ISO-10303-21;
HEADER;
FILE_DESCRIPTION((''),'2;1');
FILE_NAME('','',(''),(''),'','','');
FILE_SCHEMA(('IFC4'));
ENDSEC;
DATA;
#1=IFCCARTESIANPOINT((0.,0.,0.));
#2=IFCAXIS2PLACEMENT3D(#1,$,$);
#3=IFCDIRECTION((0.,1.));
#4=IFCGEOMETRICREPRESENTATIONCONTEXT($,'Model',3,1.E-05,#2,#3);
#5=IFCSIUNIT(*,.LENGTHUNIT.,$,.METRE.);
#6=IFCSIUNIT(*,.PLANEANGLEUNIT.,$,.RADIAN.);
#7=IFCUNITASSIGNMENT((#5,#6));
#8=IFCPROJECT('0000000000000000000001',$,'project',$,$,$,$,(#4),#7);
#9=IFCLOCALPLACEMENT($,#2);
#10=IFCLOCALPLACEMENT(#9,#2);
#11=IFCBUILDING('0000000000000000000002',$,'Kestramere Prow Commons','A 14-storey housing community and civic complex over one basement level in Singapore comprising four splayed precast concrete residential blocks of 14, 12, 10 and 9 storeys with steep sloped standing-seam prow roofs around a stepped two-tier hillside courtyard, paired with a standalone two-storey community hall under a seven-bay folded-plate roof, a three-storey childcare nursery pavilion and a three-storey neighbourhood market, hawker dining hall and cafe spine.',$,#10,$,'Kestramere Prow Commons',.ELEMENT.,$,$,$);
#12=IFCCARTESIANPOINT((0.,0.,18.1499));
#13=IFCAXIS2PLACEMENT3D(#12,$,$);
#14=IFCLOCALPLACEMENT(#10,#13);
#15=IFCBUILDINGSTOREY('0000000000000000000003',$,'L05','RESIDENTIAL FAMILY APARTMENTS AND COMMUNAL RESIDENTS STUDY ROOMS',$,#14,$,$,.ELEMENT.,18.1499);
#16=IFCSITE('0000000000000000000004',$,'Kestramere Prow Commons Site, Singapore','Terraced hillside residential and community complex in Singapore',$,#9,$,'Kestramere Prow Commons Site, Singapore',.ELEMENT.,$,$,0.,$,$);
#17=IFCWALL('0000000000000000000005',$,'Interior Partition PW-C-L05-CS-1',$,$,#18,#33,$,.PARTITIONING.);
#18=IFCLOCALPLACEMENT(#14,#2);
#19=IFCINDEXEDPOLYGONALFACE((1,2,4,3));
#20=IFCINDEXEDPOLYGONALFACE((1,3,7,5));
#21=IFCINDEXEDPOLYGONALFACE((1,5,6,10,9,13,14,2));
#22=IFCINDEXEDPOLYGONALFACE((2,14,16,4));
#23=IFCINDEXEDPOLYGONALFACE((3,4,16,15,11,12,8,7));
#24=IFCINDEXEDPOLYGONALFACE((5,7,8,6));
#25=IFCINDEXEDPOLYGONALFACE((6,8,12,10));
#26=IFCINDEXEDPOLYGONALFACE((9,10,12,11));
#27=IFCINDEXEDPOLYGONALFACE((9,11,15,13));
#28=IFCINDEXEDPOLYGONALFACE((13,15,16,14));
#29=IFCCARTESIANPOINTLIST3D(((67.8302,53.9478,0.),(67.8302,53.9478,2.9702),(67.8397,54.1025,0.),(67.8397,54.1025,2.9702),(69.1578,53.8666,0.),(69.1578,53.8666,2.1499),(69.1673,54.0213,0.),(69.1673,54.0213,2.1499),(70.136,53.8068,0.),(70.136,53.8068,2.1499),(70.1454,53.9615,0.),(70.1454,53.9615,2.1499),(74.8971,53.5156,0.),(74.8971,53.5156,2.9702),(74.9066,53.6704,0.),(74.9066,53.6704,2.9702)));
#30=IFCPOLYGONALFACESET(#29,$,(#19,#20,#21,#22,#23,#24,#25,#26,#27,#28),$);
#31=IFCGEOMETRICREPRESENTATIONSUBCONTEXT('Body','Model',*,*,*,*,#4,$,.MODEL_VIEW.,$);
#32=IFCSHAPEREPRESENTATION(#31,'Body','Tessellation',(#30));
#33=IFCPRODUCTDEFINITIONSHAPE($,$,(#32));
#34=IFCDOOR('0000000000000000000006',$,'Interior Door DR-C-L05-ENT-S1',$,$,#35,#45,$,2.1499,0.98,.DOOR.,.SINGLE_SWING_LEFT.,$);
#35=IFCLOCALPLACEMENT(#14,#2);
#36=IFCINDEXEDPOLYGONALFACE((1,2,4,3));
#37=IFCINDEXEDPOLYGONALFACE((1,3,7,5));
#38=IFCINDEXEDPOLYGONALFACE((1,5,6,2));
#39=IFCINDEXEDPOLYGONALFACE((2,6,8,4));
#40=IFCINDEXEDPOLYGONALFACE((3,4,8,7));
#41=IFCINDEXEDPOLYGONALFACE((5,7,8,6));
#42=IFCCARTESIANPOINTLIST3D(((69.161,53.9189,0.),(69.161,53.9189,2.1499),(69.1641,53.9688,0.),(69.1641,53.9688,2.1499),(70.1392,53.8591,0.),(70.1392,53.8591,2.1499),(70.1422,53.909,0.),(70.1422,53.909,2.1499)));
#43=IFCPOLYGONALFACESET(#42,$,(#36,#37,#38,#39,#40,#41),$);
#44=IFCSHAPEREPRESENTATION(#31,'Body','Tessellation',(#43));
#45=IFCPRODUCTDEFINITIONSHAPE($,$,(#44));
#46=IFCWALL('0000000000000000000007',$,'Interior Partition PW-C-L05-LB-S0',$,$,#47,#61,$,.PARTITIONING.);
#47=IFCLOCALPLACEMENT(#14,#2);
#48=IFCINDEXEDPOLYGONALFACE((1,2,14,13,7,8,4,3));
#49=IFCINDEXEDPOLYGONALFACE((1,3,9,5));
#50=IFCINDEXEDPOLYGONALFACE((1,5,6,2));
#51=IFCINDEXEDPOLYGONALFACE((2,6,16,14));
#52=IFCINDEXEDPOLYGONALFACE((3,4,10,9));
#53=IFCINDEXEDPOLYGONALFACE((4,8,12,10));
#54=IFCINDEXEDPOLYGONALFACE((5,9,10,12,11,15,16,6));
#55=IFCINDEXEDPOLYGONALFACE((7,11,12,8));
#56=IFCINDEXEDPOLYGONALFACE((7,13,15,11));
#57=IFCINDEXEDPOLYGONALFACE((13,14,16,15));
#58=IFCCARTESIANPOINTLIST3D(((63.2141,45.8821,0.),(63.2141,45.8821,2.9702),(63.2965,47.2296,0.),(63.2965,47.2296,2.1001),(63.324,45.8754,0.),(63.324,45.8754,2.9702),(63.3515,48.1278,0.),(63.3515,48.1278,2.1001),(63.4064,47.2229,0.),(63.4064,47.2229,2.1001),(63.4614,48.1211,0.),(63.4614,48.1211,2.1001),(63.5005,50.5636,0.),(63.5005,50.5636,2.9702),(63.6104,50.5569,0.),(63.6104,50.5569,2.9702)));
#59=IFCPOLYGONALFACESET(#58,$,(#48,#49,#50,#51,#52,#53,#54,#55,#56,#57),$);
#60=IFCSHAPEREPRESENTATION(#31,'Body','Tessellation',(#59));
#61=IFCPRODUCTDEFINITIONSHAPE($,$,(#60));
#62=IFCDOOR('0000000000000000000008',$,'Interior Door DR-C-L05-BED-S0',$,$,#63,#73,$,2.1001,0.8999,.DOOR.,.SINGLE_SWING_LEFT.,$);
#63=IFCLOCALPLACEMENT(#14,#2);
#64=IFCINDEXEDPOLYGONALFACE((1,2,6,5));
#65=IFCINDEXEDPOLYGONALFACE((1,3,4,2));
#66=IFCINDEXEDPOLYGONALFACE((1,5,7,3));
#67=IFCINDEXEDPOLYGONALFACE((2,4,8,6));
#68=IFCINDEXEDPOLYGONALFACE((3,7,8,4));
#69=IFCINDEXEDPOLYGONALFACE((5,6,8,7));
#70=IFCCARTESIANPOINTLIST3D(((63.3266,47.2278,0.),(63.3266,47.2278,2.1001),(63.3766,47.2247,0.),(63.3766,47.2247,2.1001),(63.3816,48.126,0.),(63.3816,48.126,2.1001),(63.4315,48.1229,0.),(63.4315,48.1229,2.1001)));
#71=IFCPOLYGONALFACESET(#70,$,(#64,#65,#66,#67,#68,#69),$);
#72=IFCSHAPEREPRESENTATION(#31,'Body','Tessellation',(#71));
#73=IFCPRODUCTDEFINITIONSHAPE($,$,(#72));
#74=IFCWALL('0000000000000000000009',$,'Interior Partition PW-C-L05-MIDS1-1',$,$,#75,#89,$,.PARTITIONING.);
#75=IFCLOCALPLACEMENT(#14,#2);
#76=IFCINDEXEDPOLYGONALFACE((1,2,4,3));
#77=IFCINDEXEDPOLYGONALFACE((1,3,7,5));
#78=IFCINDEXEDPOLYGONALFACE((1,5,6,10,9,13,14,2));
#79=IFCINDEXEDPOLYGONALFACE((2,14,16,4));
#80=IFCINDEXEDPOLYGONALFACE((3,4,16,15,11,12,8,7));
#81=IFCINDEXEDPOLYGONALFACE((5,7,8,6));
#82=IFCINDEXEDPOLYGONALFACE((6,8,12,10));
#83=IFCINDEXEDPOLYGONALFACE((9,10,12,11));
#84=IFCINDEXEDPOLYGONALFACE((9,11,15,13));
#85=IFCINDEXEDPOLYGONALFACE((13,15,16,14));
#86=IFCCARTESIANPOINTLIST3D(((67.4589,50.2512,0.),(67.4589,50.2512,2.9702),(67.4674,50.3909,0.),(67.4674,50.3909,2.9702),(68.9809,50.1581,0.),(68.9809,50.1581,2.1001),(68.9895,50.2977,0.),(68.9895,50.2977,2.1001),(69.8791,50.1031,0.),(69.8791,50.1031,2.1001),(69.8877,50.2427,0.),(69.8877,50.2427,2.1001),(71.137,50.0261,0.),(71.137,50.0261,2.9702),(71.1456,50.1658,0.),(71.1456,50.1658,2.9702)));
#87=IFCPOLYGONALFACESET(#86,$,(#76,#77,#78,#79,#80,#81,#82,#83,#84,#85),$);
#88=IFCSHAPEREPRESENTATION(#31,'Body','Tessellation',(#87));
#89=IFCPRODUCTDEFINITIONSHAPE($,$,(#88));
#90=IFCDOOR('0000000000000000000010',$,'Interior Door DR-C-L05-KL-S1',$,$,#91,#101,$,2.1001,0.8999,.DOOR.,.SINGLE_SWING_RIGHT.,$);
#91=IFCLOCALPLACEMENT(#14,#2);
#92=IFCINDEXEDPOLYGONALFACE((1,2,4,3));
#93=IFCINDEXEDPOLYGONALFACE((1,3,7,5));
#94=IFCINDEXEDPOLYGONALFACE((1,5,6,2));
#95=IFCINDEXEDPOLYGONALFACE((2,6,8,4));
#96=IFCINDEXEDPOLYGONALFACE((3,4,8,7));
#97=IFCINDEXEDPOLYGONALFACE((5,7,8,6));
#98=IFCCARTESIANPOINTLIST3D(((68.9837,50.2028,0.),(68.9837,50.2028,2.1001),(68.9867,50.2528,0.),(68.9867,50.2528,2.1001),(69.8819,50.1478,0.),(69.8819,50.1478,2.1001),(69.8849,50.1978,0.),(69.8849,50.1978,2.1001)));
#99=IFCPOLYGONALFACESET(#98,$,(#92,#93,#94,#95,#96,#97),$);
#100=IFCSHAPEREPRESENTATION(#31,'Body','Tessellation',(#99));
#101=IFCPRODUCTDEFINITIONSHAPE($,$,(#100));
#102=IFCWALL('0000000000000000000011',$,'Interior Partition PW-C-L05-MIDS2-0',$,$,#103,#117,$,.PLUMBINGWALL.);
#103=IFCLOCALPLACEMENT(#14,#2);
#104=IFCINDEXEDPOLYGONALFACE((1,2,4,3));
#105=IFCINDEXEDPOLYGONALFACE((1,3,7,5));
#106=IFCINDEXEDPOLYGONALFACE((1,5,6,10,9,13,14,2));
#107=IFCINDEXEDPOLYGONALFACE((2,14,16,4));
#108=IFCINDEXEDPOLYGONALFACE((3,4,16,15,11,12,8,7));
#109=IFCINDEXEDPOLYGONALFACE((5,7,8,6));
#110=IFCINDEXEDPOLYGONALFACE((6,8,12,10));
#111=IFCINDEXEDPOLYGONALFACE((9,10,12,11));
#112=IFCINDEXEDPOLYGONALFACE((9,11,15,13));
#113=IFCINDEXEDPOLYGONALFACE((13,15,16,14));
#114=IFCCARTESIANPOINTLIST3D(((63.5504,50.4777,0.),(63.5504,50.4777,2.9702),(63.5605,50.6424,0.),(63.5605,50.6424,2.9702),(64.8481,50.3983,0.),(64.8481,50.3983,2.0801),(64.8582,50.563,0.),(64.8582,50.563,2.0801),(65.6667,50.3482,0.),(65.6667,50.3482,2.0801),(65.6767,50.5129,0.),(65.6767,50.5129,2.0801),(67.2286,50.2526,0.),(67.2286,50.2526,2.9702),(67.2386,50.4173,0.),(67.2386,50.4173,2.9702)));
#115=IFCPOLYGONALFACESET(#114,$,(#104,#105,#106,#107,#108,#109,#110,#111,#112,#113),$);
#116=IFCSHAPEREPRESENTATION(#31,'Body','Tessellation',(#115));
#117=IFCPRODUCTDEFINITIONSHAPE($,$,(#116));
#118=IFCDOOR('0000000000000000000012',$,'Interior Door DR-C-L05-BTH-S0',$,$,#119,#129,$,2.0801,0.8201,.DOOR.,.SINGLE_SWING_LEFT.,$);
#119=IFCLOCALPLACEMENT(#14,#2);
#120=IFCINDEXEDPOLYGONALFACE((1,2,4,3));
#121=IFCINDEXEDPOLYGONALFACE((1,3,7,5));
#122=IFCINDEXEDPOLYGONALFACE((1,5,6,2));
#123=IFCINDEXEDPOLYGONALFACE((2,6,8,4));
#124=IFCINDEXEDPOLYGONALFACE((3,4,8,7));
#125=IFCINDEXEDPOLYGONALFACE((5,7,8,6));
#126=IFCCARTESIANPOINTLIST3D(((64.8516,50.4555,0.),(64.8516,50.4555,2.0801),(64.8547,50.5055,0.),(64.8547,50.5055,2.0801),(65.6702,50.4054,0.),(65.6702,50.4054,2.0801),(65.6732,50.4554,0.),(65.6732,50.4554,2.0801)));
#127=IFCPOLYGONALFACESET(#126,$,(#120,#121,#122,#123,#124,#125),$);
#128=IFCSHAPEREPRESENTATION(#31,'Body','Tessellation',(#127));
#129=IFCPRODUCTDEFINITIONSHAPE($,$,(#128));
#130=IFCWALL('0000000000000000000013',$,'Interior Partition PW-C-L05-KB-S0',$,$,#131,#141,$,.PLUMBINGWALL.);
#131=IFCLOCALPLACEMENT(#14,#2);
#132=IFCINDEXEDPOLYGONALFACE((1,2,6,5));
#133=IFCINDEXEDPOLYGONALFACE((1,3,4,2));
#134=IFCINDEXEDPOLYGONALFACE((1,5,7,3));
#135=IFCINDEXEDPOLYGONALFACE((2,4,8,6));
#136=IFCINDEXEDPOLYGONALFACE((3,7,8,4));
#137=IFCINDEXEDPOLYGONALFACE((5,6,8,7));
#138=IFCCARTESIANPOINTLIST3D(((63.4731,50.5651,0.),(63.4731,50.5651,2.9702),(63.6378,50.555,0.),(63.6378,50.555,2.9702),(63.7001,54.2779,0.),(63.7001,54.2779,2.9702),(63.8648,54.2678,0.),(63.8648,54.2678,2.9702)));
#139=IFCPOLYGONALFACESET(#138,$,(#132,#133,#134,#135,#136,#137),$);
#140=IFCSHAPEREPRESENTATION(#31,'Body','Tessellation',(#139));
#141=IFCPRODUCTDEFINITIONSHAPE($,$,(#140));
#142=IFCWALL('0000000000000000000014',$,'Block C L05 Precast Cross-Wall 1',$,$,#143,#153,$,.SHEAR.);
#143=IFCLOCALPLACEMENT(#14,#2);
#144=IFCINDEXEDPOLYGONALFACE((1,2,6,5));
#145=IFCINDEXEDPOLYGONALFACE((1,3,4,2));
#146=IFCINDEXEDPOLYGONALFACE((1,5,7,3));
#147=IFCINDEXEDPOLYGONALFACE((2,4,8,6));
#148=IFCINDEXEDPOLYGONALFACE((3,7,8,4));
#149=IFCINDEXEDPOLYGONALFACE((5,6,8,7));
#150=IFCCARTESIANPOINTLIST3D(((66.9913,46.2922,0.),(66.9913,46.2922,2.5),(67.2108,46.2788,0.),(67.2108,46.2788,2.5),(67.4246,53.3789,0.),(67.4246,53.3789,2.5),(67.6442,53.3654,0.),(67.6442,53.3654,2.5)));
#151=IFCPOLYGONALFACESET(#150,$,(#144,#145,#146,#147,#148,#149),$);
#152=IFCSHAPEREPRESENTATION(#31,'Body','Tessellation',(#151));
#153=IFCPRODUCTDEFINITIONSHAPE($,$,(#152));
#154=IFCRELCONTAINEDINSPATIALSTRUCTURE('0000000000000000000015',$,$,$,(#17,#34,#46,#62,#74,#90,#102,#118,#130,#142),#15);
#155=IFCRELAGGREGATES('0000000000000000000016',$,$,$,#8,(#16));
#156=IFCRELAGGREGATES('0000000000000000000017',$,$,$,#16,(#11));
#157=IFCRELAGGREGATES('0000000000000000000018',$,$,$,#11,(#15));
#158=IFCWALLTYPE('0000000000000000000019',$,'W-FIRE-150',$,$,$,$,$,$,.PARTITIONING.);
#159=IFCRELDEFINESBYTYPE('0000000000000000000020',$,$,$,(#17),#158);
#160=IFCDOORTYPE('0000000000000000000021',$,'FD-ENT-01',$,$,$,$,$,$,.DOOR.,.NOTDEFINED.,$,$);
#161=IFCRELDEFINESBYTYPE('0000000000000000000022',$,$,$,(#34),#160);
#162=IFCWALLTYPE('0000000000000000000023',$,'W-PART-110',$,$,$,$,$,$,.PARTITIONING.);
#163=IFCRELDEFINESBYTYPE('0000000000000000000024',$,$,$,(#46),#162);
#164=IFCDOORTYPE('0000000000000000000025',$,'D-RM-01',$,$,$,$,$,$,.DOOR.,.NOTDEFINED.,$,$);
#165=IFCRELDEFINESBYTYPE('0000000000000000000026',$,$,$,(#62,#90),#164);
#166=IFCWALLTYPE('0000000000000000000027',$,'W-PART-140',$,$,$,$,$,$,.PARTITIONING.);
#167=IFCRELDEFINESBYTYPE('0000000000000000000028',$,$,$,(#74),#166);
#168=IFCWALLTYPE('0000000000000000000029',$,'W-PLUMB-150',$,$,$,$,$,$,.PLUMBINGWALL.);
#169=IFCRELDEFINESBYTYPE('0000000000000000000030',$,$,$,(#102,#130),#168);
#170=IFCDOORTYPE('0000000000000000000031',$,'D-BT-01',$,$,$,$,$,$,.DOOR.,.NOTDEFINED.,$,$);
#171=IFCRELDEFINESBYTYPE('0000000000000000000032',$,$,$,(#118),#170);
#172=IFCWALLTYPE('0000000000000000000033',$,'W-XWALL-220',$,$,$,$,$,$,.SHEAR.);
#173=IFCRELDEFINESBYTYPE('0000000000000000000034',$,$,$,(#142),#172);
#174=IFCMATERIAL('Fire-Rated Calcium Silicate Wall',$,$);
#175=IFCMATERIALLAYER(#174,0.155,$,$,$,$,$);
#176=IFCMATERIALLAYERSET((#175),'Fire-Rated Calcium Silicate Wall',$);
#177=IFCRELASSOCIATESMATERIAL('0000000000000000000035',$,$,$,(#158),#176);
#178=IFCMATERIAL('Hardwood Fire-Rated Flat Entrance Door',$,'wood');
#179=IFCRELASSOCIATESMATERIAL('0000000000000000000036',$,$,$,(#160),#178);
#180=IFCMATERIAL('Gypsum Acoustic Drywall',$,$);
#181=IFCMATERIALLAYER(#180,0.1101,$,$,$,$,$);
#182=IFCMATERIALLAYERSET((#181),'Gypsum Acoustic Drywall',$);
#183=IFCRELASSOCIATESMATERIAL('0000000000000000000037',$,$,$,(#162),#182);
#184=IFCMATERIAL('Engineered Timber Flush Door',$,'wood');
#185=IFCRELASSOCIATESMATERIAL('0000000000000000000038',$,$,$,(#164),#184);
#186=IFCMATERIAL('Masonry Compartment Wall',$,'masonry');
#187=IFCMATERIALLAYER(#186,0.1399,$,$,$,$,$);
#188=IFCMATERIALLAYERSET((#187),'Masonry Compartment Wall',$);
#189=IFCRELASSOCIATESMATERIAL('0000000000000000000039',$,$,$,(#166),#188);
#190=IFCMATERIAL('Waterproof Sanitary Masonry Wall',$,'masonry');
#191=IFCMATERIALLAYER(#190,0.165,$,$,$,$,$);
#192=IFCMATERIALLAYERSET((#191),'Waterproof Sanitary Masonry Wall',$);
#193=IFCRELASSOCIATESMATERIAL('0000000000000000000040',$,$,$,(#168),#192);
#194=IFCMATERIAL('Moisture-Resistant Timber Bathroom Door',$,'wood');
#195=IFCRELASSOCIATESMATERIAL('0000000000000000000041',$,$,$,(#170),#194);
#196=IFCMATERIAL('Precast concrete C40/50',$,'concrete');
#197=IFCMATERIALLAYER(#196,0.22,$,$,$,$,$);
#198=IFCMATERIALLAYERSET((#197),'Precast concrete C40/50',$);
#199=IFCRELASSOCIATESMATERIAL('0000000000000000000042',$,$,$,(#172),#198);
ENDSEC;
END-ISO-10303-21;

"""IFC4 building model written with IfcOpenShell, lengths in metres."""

from ifc_helpers import new_model, si_unit, direction, frame, frame_2d, origin, place, context, subcontext, project, spatial, rectangle, extrude, material, layer, layer_set, type_object, element, fill, save


model = new_model("IFC4")

# Units and contexts
model_context = context("Model", 3, precision=1e-05, world=origin(), true_north=direction((0.0, 1.0)))
body_context = subcontext(model_context, "Body", "Model", "MODEL_VIEW")
ifc_project = project(units=[si_unit("LENGTHUNIT", "METRE"), si_unit("PLANEANGLEUNIT", "RADIAN")], contexts=[model_context])

# Site, building, storey
site_placement = place(None, origin())
site = spatial("IfcSite", under=ifc_project, at=site_placement, Name="Kestramere Prow Commons Site, Singapore", Description="Terraced hillside residential and community complex in Singapore", LongName="Kestramere Prow Commons Site, Singapore", CompositionType="ELEMENT", RefElevation=0.0)
building_placement = place(site_placement, origin())
building = spatial("IfcBuilding", under=site, at=building_placement, Name="Kestramere Prow Commons", Description="A 14-storey housing community and civic complex over one basement level in Singapore comprising four splayed precast concrete residential blocks of 14, 12, 10 and 9 storeys with steep sloped standing-seam prow roofs around a stepped two-tier hillside courtyard, paired with a standalone two-storey community hall under a seven-bay folded-plate roof, a three-storey childcare nursery pavilion and a three-storey neighbourhood market, hawker dining hall and cafe spine.", LongName="Kestramere Prow Commons", CompositionType="ELEMENT")
storey_placement = place(building_placement, frame((0.0, 0.0, 18.1499)))
storey = spatial("IfcBuildingStorey", under=building, at=storey_placement, Name="L05", Description="RESIDENTIAL FAMILY APARTMENTS AND COMMUNAL RESIDENTS STUDY ROOMS", CompositionType="ELEMENT", Elevation=18.1499)

# Shared definitions
ifc_material_1 = material(Name="Precast concrete C40/50", Category="concrete")

# Walls, openings, doors
ifc_material_2 = material(Name="Fire-Rated Calcium Silicate Wall")
ifc_layer_1 = layer(ifc_material_2, 0.155)
ifc_layer_set_1 = layer_set([ifc_layer_1], Name="Fire-Rated Calcium Silicate Wall")
wall_type_1 = type_object("IfcWallType", Name="W-FIRE-150", PredefinedType="PARTITIONING", material=ifc_layer_set_1)
wall_1_placement = place(storey_placement, frame((67.835, 54.0251, 0.0), z_axis=(0.0, 0.0, 1.0), x_axis=(0.998136, -0.061034, 0.0)))
wall_1 = element("IfcWall", 1, at=wall_1_placement, inside=storey, type_object=wall_type_1, Name="Interior Partition PW-C-L05-CS-1", PredefinedType="PARTITIONING", context=body_context, shape_type="SweptSolid", body=[
    extrude(rectangle(XDim=7.0801, YDim=0.155, at=frame_2d((3.54, 0.0))), origin(), (0.0, 0.0, 1.0), 2.9702),
])
opening_1_placement = place(wall_1_placement, frame((1.3301, 0.0, 0.0)))
opening_1 = element("IfcOpeningElement", 2, at=opening_1_placement, cuts=wall_1, PredefinedType="OPENING", context=body_context, shape_type="SweptSolid", body=[
    extrude(rectangle(XDim=0.98, YDim=2.1499, at=frame_2d((0.49, 1.075))), frame((0.0, 0.0925, 0.0), z_axis=(0.0, -1.0, 0.0), x_axis=(1.0, 0.0, 0.0)), (0.0, 0.0, 1.0), 0.1851),
])
ifc_material_3 = material(Name="Hardwood Fire-Rated Flat Entrance Door", Category="wood")
door_type_1 = type_object("IfcDoorType", Name="FD-ENT-01", OperationType="NOTDEFINED", PredefinedType="DOOR", material=ifc_material_3)
door_1_placement = place(opening_1_placement, origin())
door_1 = element("IfcDoor", 3, at=door_1_placement, inside=storey, type_object=door_type_1, Name="Interior Door DR-C-L05-ENT-S1", OperationType="SINGLE_SWING_LEFT", OverallHeight=2.1499, OverallWidth=0.98, PredefinedType="DOOR", context=body_context, shape_type="SweptSolid", body=[
    extrude(rectangle(XDim=0.98, YDim=2.1499, at=frame_2d((0.49, 1.075))), frame((0.0, 0.0249, 0.0), z_axis=(0.0, -1.0, 0.0), x_axis=(1.0, 0.0, 0.0)), (0.0, 0.0, 1.0), 0.05),
])
fill(opening_1, door_1)
ifc_material_4 = material(Name="Gypsum Acoustic Drywall")
ifc_layer_2 = layer(ifc_material_4, 0.1101)
ifc_layer_set_2 = layer_set([ifc_layer_2], Name="Gypsum Acoustic Drywall")
wall_type_2 = type_object("IfcWallType", Name="W-PART-110", PredefinedType="PARTITIONING", material=ifc_layer_set_2)
wall_2_placement = place(storey_placement, frame((63.269, 45.8787, 0.0), z_axis=(0.0, 0.0, 1.0), x_axis=(0.061059, 0.998134, 0.0)))
wall_2 = element("IfcWall", 4, at=wall_2_placement, inside=storey, type_object=wall_type_2, Name="Interior Partition PW-C-L05-LB-S0", PredefinedType="PARTITIONING", context=body_context, shape_type="SweptSolid", body=[
    extrude(rectangle(XDim=4.6902, YDim=0.1101, at=frame_2d((2.3452, 0.0))), origin(), (0.0, 0.0, 1.0), 2.9702),
])
opening_2_placement = place(wall_2_placement, frame((1.3501, 0.0, 0.0)))
opening_2 = element("IfcOpeningElement", 5, at=opening_2_placement, cuts=wall_2, PredefinedType="OPENING", context=body_context, shape_type="SweptSolid", body=[
    extrude(rectangle(XDim=0.8999, YDim=2.1001, at=frame_2d((0.45, 1.05))), frame((0.0, 0.0701, 0.0), z_axis=(0.0, -1.0, 0.0), x_axis=(1.0, 0.0, 0.0)), (0.0, 0.0, 1.0), 0.1401),
])
ifc_material_5 = material(Name="Engineered Timber Flush Door", Category="wood")
door_type_2 = type_object("IfcDoorType", Name="D-RM-01", OperationType="NOTDEFINED", PredefinedType="DOOR", material=ifc_material_5)
door_2_placement = place(opening_2_placement, origin())
door_2 = element("IfcDoor", 6, at=door_2_placement, inside=storey, type_object=door_type_2, Name="Interior Door DR-C-L05-BED-S0", OperationType="SINGLE_SWING_LEFT", OverallHeight=2.1001, OverallWidth=0.8999, PredefinedType="DOOR", context=body_context, shape_type="SweptSolid", body=[
    extrude(rectangle(XDim=0.8999, YDim=2.1001, at=frame_2d((0.45, 1.05))), frame((0.0, 0.0249, 0.0), z_axis=(0.0, -1.0, 0.0), x_axis=(1.0, 0.0, 0.0)), (0.0, 0.0, 1.0), 0.05),
])
fill(opening_2, door_2)
ifc_material_6 = material(Name="Masonry Compartment Wall", Category="masonry")
ifc_layer_3 = layer(ifc_material_6, 0.1399)
ifc_layer_set_3 = layer_set([ifc_layer_3], Name="Masonry Compartment Wall")
wall_type_3 = type_object("IfcWallType", Name="W-PART-140", PredefinedType="PARTITIONING", material=ifc_layer_set_3)
wall_3_placement = place(storey_placement, frame((67.4631, 50.321, 0.0), z_axis=(0.0, 0.0, 1.0), x_axis=(0.998133, -0.061083, 0.0)))
wall_3 = element("IfcWall", 7, at=wall_3_placement, inside=storey, type_object=wall_type_3, Name="Interior Partition PW-C-L05-MIDS1-1", PredefinedType="PARTITIONING", context=body_context, shape_type="SweptSolid", body=[
    extrude(rectangle(XDim=3.6851, YDim=0.1399, at=frame_2d((1.8425, 0.0))), origin(), (0.0, 0.0, 1.0), 2.9702),
])
opening_3_placement = place(wall_3_placement, frame((1.5249, 0.0, 0.0)))
opening_3 = element("IfcOpeningElement", 8, at=opening_3_placement, cuts=wall_3, PredefinedType="OPENING", context=body_context, shape_type="SweptSolid", body=[
    extrude(rectangle(XDim=0.8999, YDim=2.1001, at=frame_2d((0.45, 1.05))), frame((0.0, 0.085, 0.0), z_axis=(0.0, -1.0, 0.0), x_axis=(1.0, 0.0, 0.0)), (0.0, 0.0, 1.0), 0.1699),
])
door_3_placement = place(opening_3_placement, origin())
door_3 = element("IfcDoor", 9, at=door_3_placement, inside=storey, type_object=door_type_2, Name="Interior Door DR-C-L05-KL-S1", OperationType="SINGLE_SWING_RIGHT", OverallHeight=2.1001, OverallWidth=0.8999, PredefinedType="DOOR", context=body_context, shape_type="SweptSolid", body=[
    extrude(rectangle(XDim=0.8999, YDim=2.1001, at=frame_2d((0.45, 1.05))), frame((0.0, 0.0249, 0.0), z_axis=(0.0, -1.0, 0.0), x_axis=(1.0, 0.0, 0.0)), (0.0, 0.0, 1.0), 0.05),
])
fill(opening_3, door_3)
ifc_material_7 = material(Name="Waterproof Sanitary Masonry Wall", Category="masonry")
ifc_layer_4 = layer(ifc_material_7, 0.165)
ifc_layer_set_4 = layer_set([ifc_layer_4], Name="Waterproof Sanitary Masonry Wall")
wall_type_4 = type_object("IfcWallType", Name="W-PLUMB-150", PredefinedType="PLUMBINGWALL", material=ifc_layer_set_4)
wall_4_placement = place(storey_placement, frame((63.5554, 50.5601, 0.0), z_axis=(0.0, 0.0, 1.0), x_axis=(0.998133, -0.061083, 0.0)))
wall_4 = element("IfcWall", 10, at=wall_4_placement, inside=storey, type_object=wall_type_4, Name="Interior Partition PW-C-L05-MIDS2-0", PredefinedType="PLUMBINGWALL", context=body_context, shape_type="SweptSolid", body=[
    extrude(rectangle(XDim=3.6851, YDim=0.165, at=frame_2d((1.8425, 0.0))), origin(), (0.0, 0.0, 1.0), 2.9702),
])
opening_4_placement = place(wall_4_placement, frame((1.3, 0.0, 0.0)))
opening_4 = element("IfcOpeningElement", 11, at=opening_4_placement, cuts=wall_4, PredefinedType="OPENING", context=body_context, shape_type="SweptSolid", body=[
    extrude(rectangle(XDim=0.8201, YDim=2.0801, at=frame_2d((0.4102, 1.04))), frame((0.0, 0.0974, 0.0), z_axis=(0.0, -1.0, 0.0), x_axis=(1.0, 0.0, 0.0)), (0.0, 0.0, 1.0), 0.1951),
])
ifc_material_8 = material(Name="Moisture-Resistant Timber Bathroom Door", Category="wood")
door_type_3 = type_object("IfcDoorType", Name="D-BT-01", OperationType="NOTDEFINED", PredefinedType="DOOR", material=ifc_material_8)
door_4_placement = place(opening_4_placement, origin())
door_4 = element("IfcDoor", 12, at=door_4_placement, inside=storey, type_object=door_type_3, Name="Interior Door DR-C-L05-BTH-S0", OperationType="SINGLE_SWING_LEFT", OverallHeight=2.0801, OverallWidth=0.8201, PredefinedType="DOOR", context=body_context, shape_type="SweptSolid", body=[
    extrude(rectangle(XDim=0.8201, YDim=2.0801, at=frame_2d((0.4102, 1.04))), frame((0.0, 0.0249, 0.0), z_axis=(0.0, -1.0, 0.0), x_axis=(1.0, 0.0, 0.0)), (0.0, 0.0, 1.0), 0.05),
])
fill(opening_4, door_4)

# Walls
wall_5_placement = place(storey_placement, frame((63.5554, 50.5601, 0.0), z_axis=(0.0, 0.0, 1.0), x_axis=(0.061038, 0.998135, 0.0)))
element("IfcWall", 13, at=wall_5_placement, inside=storey, type_object=wall_type_4, Name="Interior Partition PW-C-L05-KB-S0", PredefinedType="PLUMBINGWALL", context=body_context, shape_type="SweptSolid", body=[
    extrude(rectangle(XDim=3.7197, YDim=0.165, at=frame_2d((1.8599, 0.0))), origin(), (0.0, 0.0, 1.0), 2.9702),
])
ifc_layer_5 = layer(ifc_material_1, 0.22)
ifc_layer_set_5 = layer_set([ifc_layer_5], Name="Precast concrete C40/50")
wall_type_5 = type_object("IfcWallType", Name="W-XWALL-220", PredefinedType="SHEAR", material=ifc_layer_set_5)
wall_6_placement = place(storey_placement, frame((67.1011, 46.2856, 0.0), z_axis=(0.0, 0.0, 1.0), x_axis=(0.061036, 0.998136, 0.0)))
element("IfcWall", 14, at=wall_6_placement, inside=storey, type_object=wall_type_5, Name="Block C L05 Precast Cross-Wall 1", PredefinedType="SHEAR", context=body_context, shape_type="SweptSolid", body=[
    extrude(rectangle(XDim=7.0999, YDim=0.22, at=frame_2d((3.5498, 0.0))), origin(), (0.0, 0.0, 1.0), 2.5),
])

save(model, "model.ifc")
